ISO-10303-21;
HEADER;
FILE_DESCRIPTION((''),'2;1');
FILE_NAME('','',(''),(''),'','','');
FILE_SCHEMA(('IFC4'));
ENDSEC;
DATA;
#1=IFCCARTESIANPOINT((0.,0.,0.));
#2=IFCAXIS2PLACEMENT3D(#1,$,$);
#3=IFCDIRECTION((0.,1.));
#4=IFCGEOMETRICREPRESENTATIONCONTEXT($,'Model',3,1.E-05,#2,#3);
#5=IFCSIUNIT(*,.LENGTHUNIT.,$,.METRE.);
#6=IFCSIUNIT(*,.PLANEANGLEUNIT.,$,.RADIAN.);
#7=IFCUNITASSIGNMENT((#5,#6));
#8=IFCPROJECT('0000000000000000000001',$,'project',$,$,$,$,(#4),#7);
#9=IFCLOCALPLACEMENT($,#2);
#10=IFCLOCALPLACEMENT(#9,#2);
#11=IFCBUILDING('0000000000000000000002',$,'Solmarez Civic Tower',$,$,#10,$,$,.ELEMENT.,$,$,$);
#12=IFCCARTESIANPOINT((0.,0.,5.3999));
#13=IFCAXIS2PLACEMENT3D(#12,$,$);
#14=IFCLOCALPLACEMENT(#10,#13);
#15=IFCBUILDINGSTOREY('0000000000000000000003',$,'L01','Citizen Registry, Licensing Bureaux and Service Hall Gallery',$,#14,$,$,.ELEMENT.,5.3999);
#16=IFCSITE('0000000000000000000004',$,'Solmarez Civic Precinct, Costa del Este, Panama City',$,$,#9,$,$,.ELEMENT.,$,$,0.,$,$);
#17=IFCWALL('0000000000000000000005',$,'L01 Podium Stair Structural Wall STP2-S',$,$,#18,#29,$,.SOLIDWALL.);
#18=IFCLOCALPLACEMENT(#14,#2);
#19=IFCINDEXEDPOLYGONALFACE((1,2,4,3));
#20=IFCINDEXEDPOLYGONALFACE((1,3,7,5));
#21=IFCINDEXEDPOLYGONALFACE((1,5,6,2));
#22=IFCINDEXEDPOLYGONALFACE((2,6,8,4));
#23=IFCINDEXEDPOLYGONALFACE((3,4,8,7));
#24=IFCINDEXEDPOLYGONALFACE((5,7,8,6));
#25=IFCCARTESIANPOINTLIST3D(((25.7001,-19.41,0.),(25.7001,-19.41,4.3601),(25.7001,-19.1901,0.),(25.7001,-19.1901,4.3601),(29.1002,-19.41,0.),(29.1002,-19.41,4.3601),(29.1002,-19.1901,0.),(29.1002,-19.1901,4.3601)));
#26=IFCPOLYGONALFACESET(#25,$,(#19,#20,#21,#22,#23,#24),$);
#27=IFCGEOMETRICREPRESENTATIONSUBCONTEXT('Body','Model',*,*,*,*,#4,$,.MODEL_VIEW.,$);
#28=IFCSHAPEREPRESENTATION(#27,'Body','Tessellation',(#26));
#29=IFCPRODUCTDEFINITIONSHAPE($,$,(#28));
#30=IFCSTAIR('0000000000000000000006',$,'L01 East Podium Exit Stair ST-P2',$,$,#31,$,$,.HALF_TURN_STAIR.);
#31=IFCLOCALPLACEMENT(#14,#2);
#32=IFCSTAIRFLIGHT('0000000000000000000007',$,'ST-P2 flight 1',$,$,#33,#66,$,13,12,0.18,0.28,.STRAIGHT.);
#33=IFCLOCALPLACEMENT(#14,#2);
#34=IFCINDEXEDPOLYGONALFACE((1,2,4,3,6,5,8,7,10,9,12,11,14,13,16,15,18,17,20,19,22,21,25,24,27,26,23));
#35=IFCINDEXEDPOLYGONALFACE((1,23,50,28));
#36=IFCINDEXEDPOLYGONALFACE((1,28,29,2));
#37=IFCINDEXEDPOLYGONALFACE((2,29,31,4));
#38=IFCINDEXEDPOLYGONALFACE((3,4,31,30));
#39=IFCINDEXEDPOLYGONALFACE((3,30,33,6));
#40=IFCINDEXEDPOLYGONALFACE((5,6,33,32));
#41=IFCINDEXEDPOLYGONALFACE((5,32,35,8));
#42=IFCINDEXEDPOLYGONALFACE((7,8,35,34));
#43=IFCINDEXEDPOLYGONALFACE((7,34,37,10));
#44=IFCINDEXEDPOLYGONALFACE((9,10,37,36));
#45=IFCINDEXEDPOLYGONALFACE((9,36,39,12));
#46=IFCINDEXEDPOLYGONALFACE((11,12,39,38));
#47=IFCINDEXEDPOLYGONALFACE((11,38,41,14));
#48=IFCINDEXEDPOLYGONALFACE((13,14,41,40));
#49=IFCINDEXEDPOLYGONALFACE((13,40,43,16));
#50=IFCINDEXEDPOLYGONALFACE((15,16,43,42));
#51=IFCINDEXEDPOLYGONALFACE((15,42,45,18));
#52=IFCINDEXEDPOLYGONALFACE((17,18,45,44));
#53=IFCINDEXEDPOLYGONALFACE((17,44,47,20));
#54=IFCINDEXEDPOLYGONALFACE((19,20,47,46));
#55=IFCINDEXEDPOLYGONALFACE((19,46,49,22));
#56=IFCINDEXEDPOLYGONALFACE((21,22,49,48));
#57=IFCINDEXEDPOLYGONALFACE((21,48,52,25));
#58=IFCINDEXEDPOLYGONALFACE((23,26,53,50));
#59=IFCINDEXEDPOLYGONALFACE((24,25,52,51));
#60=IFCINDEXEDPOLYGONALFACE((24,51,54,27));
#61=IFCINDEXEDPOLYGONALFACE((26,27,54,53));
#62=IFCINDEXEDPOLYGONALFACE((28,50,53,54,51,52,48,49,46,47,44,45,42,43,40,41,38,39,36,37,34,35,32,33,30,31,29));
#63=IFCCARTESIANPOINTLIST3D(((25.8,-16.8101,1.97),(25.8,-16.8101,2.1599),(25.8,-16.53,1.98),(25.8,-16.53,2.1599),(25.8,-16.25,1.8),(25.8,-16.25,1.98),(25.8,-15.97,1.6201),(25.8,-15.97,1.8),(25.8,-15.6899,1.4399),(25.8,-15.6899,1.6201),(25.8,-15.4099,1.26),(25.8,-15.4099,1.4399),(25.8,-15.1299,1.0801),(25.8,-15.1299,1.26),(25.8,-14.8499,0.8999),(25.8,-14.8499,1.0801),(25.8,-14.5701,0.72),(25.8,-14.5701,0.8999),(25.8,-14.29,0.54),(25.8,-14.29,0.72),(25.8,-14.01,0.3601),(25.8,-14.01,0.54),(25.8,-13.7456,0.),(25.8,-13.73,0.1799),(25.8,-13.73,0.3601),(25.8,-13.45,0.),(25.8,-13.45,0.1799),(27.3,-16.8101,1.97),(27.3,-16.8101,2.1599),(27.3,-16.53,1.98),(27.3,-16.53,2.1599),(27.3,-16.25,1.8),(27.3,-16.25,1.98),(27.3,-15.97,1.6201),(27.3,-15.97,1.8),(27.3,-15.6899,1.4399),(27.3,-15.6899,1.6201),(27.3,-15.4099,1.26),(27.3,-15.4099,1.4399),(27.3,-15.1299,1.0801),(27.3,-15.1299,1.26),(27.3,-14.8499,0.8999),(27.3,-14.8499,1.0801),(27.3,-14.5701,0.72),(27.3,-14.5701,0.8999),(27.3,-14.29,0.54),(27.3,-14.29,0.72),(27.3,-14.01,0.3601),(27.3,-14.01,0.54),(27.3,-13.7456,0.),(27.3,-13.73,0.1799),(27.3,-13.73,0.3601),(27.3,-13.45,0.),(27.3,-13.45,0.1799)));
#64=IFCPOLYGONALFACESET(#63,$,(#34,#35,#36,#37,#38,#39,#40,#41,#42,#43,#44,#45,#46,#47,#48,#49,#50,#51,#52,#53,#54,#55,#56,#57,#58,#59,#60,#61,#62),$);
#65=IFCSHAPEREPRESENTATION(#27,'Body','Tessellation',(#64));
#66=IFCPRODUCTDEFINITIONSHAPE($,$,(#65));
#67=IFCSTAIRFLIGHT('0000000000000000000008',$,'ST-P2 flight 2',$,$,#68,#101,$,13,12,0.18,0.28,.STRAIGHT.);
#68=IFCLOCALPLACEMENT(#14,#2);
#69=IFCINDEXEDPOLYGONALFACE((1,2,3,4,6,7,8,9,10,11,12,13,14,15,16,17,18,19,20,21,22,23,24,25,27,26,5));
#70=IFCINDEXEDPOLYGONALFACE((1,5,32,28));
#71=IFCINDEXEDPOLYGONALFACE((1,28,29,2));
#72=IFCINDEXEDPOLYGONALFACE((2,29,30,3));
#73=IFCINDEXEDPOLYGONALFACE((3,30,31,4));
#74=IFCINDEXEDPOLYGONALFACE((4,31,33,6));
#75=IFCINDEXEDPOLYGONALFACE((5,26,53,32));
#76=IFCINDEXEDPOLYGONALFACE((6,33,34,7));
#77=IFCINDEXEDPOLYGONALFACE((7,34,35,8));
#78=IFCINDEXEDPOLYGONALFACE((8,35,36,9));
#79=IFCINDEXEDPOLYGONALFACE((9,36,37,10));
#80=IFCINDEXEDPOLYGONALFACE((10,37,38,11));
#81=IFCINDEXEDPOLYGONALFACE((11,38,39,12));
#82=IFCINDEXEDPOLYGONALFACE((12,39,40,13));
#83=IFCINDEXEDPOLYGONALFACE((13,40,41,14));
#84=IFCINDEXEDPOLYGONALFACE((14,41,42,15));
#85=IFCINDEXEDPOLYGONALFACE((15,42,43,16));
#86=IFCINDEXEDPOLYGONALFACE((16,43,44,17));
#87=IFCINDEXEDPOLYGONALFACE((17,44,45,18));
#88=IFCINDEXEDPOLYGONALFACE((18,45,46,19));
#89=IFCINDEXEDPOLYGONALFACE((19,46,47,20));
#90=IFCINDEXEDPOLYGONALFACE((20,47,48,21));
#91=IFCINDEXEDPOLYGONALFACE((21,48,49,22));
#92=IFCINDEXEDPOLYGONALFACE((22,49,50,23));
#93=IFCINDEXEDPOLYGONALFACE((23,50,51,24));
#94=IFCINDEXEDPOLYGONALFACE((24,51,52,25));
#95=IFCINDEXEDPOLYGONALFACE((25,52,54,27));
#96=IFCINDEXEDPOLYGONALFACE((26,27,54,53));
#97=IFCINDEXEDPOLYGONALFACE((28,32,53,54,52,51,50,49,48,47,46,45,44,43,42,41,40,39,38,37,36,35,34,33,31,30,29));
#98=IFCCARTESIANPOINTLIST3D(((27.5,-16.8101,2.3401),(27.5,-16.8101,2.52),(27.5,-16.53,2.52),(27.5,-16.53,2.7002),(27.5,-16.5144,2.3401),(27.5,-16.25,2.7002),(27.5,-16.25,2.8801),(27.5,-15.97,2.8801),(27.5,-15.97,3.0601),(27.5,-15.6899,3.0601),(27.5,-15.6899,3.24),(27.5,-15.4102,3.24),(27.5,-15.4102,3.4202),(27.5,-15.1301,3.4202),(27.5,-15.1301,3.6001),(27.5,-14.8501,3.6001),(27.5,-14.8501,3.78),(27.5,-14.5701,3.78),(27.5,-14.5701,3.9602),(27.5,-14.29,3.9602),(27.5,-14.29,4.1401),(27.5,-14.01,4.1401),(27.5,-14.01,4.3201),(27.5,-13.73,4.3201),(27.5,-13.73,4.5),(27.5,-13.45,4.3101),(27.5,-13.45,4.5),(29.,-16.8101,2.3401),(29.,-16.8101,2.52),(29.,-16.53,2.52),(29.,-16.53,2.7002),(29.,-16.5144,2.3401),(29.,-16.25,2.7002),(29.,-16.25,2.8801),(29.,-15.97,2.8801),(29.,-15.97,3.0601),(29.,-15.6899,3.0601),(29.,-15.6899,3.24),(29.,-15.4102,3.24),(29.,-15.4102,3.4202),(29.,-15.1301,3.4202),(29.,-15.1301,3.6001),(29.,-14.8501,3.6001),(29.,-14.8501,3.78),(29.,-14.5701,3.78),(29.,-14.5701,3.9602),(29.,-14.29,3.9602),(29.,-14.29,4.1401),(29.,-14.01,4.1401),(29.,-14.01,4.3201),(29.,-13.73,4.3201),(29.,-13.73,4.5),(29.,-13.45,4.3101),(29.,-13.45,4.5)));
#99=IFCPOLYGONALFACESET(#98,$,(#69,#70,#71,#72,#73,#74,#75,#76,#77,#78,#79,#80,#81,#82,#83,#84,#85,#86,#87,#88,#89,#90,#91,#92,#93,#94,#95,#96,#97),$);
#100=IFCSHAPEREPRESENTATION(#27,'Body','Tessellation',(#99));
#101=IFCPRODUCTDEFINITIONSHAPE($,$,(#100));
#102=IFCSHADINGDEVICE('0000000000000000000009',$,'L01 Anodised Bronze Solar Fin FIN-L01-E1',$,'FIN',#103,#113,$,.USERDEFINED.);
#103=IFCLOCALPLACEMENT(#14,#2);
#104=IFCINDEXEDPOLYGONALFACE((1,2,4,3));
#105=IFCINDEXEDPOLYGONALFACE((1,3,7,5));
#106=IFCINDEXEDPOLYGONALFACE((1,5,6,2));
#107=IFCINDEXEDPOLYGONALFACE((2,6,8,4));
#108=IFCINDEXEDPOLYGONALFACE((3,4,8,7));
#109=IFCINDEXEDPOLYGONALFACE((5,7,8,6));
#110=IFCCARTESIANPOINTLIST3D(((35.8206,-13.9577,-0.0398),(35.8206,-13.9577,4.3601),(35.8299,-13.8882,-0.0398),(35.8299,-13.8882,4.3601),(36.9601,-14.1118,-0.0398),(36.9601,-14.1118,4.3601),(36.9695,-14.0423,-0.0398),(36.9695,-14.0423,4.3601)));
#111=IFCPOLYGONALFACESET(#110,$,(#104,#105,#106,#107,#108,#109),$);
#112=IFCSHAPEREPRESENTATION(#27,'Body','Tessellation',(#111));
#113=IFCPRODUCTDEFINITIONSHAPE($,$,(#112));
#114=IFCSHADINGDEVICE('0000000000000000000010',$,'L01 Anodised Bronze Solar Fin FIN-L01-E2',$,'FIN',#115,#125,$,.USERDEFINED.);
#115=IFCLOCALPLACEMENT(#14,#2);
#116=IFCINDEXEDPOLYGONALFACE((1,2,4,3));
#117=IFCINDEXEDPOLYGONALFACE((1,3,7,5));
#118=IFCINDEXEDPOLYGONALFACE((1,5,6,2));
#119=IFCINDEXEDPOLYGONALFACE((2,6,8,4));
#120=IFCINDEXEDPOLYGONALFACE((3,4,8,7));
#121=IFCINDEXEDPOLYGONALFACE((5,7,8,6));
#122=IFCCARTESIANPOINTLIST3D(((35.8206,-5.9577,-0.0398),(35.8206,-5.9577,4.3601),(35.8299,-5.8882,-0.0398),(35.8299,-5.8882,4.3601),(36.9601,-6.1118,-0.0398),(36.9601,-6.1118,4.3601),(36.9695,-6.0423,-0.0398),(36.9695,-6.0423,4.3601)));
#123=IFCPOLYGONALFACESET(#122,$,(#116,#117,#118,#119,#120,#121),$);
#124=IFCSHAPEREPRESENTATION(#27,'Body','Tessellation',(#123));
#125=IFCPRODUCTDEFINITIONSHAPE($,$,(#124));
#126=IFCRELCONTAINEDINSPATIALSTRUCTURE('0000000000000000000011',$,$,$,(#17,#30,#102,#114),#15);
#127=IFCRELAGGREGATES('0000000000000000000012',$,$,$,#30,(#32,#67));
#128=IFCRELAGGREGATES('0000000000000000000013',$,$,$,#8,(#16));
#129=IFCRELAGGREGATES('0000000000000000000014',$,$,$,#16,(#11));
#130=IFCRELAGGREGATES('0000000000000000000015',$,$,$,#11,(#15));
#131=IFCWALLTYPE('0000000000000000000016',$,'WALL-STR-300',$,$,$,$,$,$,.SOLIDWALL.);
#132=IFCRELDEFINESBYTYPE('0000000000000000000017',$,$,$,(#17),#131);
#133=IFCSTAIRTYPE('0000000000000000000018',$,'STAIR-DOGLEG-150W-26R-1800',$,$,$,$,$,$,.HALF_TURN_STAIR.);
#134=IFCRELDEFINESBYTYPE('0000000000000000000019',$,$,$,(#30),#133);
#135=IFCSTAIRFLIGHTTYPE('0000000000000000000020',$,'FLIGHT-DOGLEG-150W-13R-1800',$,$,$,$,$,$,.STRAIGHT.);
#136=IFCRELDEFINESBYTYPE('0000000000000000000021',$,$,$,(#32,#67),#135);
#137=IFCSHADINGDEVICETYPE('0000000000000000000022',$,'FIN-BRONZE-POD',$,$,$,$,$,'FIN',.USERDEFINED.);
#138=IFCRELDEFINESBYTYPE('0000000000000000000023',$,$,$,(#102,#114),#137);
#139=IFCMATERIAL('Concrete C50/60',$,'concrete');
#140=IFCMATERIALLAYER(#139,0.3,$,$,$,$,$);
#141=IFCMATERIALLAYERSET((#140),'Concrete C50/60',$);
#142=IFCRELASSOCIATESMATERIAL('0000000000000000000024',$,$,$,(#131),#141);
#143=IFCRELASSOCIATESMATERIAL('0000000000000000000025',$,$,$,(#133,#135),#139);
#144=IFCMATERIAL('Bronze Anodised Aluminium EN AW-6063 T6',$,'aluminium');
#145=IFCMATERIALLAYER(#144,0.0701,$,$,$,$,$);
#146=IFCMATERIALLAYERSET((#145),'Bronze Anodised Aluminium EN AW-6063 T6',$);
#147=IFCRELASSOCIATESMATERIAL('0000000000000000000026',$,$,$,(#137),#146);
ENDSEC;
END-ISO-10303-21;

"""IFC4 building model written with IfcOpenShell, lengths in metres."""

from ifc_helpers import new_model, si_unit, direction, frame, frame_2d, origin, origin_2d, place, context, subcontext, project, spatial, polyline, rectangle, outline, extrude, material, layer, layer_set, type_object, element, aggregate, save


model = new_model("IFC4")

# Units and contexts
model_context = context("Model", 3, precision=1e-05, world=origin(), true_north=direction((0.0, 1.0)))
body_context = subcontext(model_context, "Body", "Model", "MODEL_VIEW")
ifc_project = project(units=[si_unit("LENGTHUNIT", "METRE"), si_unit("PLANEANGLEUNIT", "RADIAN")], contexts=[model_context])

# Site, building, storey
site_placement = place(None, origin())
site = spatial("IfcSite", under=ifc_project, at=site_placement, Name="Solmarez Civic Precinct, Costa del Este, Panama City", CompositionType="ELEMENT", RefElevation=0.0)
building_placement = place(site_placement, origin())
building = spatial("IfcBuilding", under=site, at=building_placement, Name="Solmarez Civic Tower", CompositionType="ELEMENT")
storey_placement = place(building_placement, frame((0.0, 0.0, 5.3999)))
storey = spatial("IfcBuildingStorey", under=building, at=storey_placement, Name="L01", Description="Citizen Registry, Licensing Bureaux and Service Hall Gallery", CompositionType="ELEMENT", Elevation=5.3999)

# Shared definitions
ifc_material_1 = material(Name="Concrete C50/60", Category="concrete")

# Wall
ifc_layer_1 = layer(ifc_material_1, 0.3)
ifc_layer_set_1 = layer_set([ifc_layer_1], Name="Concrete C50/60")
wall_type_1 = type_object("IfcWallType", Name="WALL-STR-300", PredefinedType="SOLIDWALL", material=ifc_layer_set_1)
wall_1_placement = place(storey_placement, frame((25.7, -19.3, 0.0), z_axis=(0.0, 0.0, 1.0), x_axis=(1.0, 0.0, 0.0)))
element("IfcWall", 1, at=wall_1_placement, inside=storey, type_object=wall_type_1, Name="L01 Podium Stair Structural Wall STP2-S", PredefinedType="SOLIDWALL", context=body_context, shape_type="SweptSolid", body=[
    extrude(rectangle(XDim=3.4001, YDim=0.22, at=frame_2d((1.7002, 0.0))), origin(), (0.0, 0.0, 1.0), 4.3601),
])

# Stair, stair flights
stair_type = type_object("IfcStairType", Name="STAIR-DOGLEG-150W-26R-1800", PredefinedType="HALF_TURN_STAIR", material=ifc_material_1)
stair_placement = place(storey_placement, origin())
stair = element("IfcStair", 2, at=stair_placement, inside=storey, type_object=stair_type, Name="L01 East Podium Exit Stair ST-P2", PredefinedType="HALF_TURN_STAIR")
stair_flight_type = type_object("IfcStairFlightType", Name="FLIGHT-DOGLEG-150W-13R-1800", PredefinedType="STRAIGHT", material=ifc_material_1)
stair_flight_1_placement = place(storey_placement, frame((26.55, -13.45, 0.0), z_axis=(0.0, 0.0, 1.0), x_axis=(0.0, -1.0, 0.0)))
stair_flight_1 = element("IfcStairFlight", 3, at=stair_flight_1_placement, type_object=stair_flight_type, Name="ST-P2 flight 1", NumberOfRisers=13, NumberOfTreads=12, PredefinedType="STRAIGHT", RiserHeight=0.18, TreadLength=0.28, context=body_context, shape_type="SweptSolid", body=[
    extrude(outline(polyline([(0.0, 0.0), (0.0, 0.1799), (0.28, 0.1799), (0.28, 0.3601), (0.5601, 0.3601), (0.5601, 0.54), (0.8401, 0.54), (0.8401, 0.72), (1.1201, 0.72), (1.1201, 0.8999), (1.3999, 0.8999), (1.3999, 1.0801), (1.6799, 1.0801), (1.6799, 1.26), (1.96, 1.26), (1.96, 1.4399), (2.24, 1.4399), (2.24, 1.6201), (2.52, 1.6201), (2.52, 1.8), (2.8, 1.8), (2.8, 1.98), (3.0801, 1.98), (3.0801, 2.1599), (3.3601, 2.1599), (3.3601, 2.3401), (3.3601, 1.97), (0.2957, 0.0), (0.0, 0.0)])), frame((0.0, 0.75, 0.0), z_axis=(0.0, -1.0, 0.0), x_axis=(1.0, 0.0, 0.0)), (0.0, 0.0, 1.0), 1.5),
])
stair_flight_2_placement = place(storey_placement, frame((28.25, -16.8101, 2.3401), z_axis=(0.0, 0.0, 1.0), x_axis=(0.0, 1.0, 0.0)))
stair_flight_2 = element("IfcStairFlight", 4, at=stair_flight_2_placement, type_object=stair_flight_type, Name="ST-P2 flight 2", NumberOfRisers=13, NumberOfTreads=12, PredefinedType="STRAIGHT", RiserHeight=0.18, TreadLength=0.28, context=body_context, shape_type="SweptSolid", body=[
    extrude(outline(polyline([(0.0, 0.0), (0.0, 0.1799), (0.28, 0.1799), (0.28, 0.3601), (0.5601, 0.3601), (0.5601, 0.54), (0.8401, 0.54), (0.8401, 0.72), (1.1201, 0.72), (1.1201, 0.8999), (1.3999, 0.8999), (1.3999, 1.0801), (1.6799, 1.0801), (1.6799, 1.26), (1.96, 1.26), (1.96, 1.4399), (2.24, 1.4399), (2.24, 1.6201), (2.52, 1.6201), (2.52, 1.8), (2.8, 1.8), (2.8, 1.98), (3.0801, 1.98), (3.0801, 2.1599), (3.3601, 2.1599), (3.3601, 2.3401), (3.3601, 1.97), (0.2957, 0.0), (0.0, 0.0)])), frame((0.0, 0.75, 0.0), z_axis=(0.0, -1.0, 0.0), x_axis=(1.0, 0.0, 0.0)), (0.0, 0.0, 1.0), 1.5),
])
aggregate(stair, [stair_flight_1, stair_flight_2])

# Shading devices
ifc_material_2 = material(Name="Bronze Anodised Aluminium EN AW-6063 T6", Category="aluminium")
ifc_layer_2 = layer(ifc_material_2, 0.0701)
ifc_layer_set_2 = layer_set([ifc_layer_2], Name="Bronze Anodised Aluminium EN AW-6063 T6")
shading_device_type = type_object("IfcShadingDeviceType", Name="FIN-BRONZE-POD", ElementType="FIN", PredefinedType="USERDEFINED", material=ifc_layer_set_2)
for number, where, z_axis, x_axis, name in (
    (5, (36.395, -14.0, -0.0398), (0.0, 0.0, 1.0), (0.990983, -0.133986, 0.0), "L01 Anodised Bronze Solar Fin FIN-L01-E1"),
    (6, (36.395, -6.0, -0.0398), (0.0, 0.0, 1.0), (0.990983, -0.133986, 0.0), "L01 Anodised Bronze Solar Fin FIN-L01-E2"),
):
    element("IfcShadingDevice", number, at=place(storey_placement, frame(where, z_axis=z_axis, x_axis=x_axis)), inside=storey, type_object=shading_device_type, Name=name, ObjectType="FIN", PredefinedType="USERDEFINED", context=body_context, shape_type="SweptSolid", body=[
        extrude(rectangle(XDim=1.1499, YDim=0.0701, at=origin_2d()), origin(), (0.0, 0.0, 1.0), 4.3999),
    ])

save(model, "model.ifc")
